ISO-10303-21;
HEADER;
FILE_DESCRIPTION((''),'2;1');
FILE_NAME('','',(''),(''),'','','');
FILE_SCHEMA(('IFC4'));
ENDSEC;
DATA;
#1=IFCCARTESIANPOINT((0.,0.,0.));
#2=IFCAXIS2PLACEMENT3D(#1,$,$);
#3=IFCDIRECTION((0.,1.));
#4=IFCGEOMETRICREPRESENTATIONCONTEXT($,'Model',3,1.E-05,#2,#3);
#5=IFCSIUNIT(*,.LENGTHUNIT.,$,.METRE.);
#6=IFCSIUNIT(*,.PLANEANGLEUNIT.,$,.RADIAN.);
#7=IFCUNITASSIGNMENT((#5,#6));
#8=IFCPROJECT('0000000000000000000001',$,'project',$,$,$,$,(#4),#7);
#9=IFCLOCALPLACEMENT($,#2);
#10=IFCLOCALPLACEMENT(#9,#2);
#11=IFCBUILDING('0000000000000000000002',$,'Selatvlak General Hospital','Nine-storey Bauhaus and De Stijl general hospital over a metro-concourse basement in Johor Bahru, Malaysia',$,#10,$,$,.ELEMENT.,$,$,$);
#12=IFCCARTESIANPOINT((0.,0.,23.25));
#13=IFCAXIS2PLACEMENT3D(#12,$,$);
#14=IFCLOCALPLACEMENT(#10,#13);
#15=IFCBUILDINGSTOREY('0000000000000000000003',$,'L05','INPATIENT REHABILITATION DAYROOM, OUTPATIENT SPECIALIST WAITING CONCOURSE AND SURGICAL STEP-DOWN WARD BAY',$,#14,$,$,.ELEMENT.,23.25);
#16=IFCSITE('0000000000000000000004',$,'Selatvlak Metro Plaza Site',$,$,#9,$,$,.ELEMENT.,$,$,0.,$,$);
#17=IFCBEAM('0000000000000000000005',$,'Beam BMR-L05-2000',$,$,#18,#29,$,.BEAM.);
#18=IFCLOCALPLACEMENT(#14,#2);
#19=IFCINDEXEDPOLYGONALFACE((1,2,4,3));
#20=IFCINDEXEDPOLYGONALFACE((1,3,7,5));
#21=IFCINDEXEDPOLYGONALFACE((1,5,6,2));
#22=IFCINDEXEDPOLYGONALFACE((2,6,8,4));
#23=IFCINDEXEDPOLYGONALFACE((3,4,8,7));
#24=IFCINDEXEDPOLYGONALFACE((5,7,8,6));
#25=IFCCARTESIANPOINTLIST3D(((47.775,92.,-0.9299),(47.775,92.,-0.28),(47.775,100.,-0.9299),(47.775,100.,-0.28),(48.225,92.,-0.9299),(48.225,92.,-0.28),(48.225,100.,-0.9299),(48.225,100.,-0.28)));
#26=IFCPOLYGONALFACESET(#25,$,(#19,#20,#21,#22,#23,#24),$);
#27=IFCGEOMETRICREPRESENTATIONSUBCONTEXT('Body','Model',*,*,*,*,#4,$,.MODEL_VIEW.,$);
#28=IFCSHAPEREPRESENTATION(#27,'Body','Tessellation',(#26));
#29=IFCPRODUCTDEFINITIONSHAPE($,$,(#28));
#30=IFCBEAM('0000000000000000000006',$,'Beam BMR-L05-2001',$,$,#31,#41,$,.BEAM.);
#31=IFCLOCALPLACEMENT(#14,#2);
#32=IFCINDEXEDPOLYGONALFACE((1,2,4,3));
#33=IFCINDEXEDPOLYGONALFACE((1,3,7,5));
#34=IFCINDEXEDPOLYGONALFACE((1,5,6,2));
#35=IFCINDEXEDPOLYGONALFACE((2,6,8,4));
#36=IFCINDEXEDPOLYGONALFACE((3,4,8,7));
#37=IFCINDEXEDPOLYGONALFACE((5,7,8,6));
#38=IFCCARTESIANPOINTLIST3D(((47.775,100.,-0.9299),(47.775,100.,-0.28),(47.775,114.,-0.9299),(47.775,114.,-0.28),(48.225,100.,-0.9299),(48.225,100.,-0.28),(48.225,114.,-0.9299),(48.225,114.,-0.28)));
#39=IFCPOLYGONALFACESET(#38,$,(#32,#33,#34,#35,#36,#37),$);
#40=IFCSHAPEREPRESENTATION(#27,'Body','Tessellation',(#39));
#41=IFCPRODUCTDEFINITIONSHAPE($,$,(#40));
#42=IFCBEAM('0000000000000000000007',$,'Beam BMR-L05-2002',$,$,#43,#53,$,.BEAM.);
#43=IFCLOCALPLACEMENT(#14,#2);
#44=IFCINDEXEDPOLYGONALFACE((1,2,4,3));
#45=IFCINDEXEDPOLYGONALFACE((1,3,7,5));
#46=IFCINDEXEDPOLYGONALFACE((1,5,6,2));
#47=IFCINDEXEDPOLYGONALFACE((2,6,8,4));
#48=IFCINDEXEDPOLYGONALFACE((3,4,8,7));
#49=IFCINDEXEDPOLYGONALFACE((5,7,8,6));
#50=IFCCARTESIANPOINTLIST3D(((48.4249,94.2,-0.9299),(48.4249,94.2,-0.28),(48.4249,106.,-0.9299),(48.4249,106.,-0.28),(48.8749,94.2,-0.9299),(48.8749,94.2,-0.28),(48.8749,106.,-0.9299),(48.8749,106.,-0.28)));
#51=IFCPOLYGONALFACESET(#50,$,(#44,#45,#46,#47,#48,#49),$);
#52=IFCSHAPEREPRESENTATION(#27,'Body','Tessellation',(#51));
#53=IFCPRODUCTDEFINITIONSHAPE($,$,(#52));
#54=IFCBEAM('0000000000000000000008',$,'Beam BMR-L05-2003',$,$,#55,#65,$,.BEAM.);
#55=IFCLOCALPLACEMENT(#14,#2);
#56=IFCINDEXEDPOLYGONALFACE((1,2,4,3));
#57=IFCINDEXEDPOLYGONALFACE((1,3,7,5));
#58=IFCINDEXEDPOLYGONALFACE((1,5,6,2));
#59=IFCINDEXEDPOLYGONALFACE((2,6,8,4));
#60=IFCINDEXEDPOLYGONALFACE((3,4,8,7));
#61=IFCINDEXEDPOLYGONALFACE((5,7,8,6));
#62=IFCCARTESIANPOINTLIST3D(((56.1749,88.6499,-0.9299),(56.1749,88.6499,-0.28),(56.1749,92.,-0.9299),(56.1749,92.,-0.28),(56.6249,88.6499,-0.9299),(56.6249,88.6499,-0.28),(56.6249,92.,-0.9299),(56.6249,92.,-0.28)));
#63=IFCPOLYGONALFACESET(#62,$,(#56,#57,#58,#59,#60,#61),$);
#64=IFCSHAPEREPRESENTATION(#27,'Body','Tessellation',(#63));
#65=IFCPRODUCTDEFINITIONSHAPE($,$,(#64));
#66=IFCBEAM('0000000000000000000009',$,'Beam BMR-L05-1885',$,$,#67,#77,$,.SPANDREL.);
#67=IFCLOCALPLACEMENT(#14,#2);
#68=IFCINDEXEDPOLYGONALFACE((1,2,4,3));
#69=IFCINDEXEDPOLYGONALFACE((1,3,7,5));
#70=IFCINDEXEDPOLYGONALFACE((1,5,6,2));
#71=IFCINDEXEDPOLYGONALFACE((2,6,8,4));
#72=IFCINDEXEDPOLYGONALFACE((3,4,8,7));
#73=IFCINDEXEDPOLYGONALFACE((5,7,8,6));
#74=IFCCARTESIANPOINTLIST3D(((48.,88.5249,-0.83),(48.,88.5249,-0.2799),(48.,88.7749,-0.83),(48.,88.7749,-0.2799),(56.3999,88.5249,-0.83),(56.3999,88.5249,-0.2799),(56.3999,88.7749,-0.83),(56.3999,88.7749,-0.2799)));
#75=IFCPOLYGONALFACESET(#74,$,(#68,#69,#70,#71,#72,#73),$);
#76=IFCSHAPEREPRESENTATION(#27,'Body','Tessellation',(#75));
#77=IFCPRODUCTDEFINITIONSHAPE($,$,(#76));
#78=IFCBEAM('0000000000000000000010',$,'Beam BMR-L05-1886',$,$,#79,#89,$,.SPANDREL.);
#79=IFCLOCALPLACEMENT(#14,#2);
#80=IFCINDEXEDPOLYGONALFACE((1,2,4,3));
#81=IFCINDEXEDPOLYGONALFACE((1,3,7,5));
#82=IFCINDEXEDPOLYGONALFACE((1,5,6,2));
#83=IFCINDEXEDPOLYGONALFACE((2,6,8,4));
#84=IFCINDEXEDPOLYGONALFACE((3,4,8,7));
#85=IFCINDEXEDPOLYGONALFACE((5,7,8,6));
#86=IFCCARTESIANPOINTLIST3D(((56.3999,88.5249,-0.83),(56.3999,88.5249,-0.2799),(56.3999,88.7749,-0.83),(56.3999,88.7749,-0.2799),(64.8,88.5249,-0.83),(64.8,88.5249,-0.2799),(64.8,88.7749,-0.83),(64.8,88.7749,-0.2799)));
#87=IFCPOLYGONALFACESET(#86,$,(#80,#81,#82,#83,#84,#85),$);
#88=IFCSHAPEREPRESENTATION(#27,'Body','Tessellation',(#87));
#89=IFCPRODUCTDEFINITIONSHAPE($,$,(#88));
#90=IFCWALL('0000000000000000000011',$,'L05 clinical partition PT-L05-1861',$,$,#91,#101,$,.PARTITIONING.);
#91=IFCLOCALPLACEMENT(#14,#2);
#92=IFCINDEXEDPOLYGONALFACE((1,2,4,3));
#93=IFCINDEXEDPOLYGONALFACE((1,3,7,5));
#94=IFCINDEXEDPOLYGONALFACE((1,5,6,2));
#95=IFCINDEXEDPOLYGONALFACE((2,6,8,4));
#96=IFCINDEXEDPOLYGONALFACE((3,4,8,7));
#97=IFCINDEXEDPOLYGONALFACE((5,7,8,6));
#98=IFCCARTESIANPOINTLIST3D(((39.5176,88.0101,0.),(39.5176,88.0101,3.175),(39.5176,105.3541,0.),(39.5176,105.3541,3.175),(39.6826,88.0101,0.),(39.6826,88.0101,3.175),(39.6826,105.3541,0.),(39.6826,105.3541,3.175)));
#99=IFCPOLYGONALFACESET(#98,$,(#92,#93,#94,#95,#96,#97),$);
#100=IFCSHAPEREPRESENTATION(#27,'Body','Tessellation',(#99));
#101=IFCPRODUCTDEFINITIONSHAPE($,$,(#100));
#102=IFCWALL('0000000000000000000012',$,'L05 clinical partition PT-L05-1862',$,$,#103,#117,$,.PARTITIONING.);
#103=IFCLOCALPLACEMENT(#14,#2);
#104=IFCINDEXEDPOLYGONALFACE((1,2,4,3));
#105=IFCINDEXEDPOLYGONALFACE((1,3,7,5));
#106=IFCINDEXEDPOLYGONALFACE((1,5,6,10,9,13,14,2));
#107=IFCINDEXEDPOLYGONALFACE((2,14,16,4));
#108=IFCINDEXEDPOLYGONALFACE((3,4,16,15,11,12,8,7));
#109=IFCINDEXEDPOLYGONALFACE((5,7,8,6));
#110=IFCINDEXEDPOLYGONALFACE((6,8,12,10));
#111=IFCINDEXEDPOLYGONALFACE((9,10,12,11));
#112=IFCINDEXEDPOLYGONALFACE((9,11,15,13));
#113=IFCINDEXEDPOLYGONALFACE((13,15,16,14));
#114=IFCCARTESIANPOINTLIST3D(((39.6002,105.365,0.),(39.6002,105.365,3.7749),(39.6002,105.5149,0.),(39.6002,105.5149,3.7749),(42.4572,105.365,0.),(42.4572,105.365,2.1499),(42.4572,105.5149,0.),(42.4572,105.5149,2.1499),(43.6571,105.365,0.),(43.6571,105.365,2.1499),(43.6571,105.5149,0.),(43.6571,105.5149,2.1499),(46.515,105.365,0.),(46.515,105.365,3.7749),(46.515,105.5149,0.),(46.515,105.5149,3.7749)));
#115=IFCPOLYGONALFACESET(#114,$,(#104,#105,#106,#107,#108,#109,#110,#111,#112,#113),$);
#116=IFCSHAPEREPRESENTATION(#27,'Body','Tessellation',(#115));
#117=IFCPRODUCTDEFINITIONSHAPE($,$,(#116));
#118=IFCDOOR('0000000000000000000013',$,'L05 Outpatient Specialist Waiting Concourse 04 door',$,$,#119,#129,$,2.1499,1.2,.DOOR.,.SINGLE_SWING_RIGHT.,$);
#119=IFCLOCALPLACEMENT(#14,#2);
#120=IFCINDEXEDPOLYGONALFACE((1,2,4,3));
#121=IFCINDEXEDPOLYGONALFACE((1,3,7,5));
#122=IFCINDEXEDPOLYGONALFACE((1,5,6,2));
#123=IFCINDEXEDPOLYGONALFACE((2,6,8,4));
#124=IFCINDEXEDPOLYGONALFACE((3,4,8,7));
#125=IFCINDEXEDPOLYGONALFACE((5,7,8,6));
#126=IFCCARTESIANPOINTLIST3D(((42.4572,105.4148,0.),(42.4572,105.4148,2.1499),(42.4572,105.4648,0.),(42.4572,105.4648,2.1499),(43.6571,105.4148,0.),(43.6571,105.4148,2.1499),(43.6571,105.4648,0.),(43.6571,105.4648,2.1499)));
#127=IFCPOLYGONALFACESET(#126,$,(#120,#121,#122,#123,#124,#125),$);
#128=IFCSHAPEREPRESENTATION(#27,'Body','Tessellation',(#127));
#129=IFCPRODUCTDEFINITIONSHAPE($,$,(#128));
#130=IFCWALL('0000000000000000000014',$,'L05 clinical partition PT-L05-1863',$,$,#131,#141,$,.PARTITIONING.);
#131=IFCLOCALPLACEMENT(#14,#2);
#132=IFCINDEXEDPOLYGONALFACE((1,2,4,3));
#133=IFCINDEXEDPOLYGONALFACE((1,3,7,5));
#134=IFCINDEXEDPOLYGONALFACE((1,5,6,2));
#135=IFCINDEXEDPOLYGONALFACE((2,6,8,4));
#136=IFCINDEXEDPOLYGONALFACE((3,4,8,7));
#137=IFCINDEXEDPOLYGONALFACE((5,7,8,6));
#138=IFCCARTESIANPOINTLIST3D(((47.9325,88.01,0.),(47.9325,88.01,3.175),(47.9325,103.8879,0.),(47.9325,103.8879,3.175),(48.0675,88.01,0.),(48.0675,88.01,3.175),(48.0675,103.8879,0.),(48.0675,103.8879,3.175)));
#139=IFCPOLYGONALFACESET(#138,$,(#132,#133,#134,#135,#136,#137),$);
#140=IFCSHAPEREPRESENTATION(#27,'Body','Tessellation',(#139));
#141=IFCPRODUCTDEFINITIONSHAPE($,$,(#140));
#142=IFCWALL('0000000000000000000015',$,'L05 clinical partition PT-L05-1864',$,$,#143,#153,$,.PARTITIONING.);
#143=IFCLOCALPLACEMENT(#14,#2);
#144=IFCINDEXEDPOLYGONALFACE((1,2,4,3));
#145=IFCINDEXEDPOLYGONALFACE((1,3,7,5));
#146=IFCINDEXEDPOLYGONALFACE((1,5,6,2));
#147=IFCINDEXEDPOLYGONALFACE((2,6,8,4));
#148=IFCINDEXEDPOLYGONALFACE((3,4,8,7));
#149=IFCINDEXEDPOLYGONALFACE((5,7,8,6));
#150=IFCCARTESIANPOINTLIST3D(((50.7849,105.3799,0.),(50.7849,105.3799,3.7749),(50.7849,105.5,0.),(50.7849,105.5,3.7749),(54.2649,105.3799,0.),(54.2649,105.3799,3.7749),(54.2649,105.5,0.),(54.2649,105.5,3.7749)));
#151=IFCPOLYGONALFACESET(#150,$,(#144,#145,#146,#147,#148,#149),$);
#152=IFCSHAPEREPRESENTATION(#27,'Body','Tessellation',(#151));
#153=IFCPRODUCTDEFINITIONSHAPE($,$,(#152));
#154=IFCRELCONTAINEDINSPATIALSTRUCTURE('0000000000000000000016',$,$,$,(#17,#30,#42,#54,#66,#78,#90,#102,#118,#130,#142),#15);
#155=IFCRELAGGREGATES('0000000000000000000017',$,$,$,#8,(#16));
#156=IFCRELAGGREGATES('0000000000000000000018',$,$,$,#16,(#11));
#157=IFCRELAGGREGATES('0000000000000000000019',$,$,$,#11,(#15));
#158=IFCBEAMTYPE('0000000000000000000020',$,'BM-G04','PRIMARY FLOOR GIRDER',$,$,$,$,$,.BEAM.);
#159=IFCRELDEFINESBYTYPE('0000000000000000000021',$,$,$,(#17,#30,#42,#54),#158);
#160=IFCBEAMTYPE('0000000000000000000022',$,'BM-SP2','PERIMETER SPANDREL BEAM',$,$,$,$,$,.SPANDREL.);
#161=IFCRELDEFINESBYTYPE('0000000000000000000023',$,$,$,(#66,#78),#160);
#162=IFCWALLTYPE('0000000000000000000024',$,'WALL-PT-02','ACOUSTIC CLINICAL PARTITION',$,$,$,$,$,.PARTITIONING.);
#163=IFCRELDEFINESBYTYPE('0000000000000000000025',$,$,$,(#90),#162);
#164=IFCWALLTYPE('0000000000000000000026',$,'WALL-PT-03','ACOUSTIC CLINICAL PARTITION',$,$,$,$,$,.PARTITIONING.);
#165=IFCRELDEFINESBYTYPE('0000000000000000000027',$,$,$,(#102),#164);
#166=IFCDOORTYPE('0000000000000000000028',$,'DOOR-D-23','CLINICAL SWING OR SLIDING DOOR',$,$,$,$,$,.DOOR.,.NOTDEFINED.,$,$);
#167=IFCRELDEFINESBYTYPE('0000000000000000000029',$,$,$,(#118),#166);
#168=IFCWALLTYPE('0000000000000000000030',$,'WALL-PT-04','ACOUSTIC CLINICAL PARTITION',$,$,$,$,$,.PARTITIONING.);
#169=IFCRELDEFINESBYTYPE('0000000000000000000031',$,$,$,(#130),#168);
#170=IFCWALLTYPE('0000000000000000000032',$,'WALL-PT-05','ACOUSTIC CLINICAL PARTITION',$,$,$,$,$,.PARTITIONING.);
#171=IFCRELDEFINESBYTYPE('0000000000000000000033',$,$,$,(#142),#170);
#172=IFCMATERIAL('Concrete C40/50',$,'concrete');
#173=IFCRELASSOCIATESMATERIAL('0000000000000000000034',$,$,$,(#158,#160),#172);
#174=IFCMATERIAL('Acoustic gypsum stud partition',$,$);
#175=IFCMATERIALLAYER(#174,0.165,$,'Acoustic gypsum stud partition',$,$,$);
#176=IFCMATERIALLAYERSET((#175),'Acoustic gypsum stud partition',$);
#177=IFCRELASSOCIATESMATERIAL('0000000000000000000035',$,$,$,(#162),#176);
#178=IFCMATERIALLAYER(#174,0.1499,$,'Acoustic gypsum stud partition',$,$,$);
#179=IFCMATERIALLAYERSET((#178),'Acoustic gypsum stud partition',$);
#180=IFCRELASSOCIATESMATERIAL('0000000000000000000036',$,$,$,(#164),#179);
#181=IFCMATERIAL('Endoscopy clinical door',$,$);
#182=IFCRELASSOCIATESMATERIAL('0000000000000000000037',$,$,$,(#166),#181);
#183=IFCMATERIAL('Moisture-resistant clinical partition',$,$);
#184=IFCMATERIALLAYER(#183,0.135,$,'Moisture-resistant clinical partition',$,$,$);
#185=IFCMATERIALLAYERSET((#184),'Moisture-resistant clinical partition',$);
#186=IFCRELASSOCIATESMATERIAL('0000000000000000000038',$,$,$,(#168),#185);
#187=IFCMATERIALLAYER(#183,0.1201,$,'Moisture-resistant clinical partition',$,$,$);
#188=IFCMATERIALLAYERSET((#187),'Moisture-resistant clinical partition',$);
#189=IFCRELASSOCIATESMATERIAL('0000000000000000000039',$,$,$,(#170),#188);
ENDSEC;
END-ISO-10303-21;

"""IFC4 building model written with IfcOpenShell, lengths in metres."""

from ifc_helpers import new_model, si_unit, direction, frame, frame_2d, origin, origin_2d, place, context, subcontext, project, spatial, rectangle, extrude, material, layer, layer_set, material_profile, profile_set, type_object, element, fill, save


model = new_model("IFC4")

# Units and contexts
model_context = context("Model", 3, precision=1e-05, world=origin(), true_north=direction((0.0, 1.0)))
body_context = subcontext(model_context, "Body", "Model", "MODEL_VIEW")
ifc_project = project(units=[si_unit("LENGTHUNIT", "METRE"), si_unit("PLANEANGLEUNIT", "RADIAN")], contexts=[model_context])

# Site, building, storey
site_placement = place(None, origin())
site = spatial("IfcSite", under=ifc_project, at=site_placement, Name="Selatvlak Metro Plaza Site", CompositionType="ELEMENT", RefElevation=0.0)
building_placement = place(site_placement, origin())
building = spatial("IfcBuilding", under=site, at=building_placement, Name="Selatvlak General Hospital", Description="Nine-storey Bauhaus and De Stijl general hospital over a metro-concourse basement in Johor Bahru, Malaysia", CompositionType="ELEMENT")
storey_placement = place(building_placement, frame((0.0, 0.0, 23.25)))
storey = spatial("IfcBuildingStorey", under=building, at=storey_placement, Name="L05", Description="INPATIENT REHABILITATION DAYROOM, OUTPATIENT SPECIALIST WAITING CONCOURSE AND SURGICAL STEP-DOWN WARD BAY", CompositionType="ELEMENT", Elevation=23.25)

# Shared definitions
ifc_material_1 = material(Name="Concrete C40/50", Category="concrete")

# Beams
ifc_material_profile_1 = material_profile(ifc_material_1, rectangle(XDim=0.45, YDim=0.6499, at=origin_2d()), Name="RC-BM 450x650")
ifc_profile_set_1 = profile_set([ifc_material_profile_1], Name="Concrete C40/50")
beam_type_1 = type_object("IfcBeamType", Name="BM-G04", Description="PRIMARY FLOOR GIRDER", PredefinedType="BEAM", material=ifc_profile_set_1)
beam_1_placement = place(storey_placement, frame((48.0, 92.0, -0.605), z_axis=(0.0, 1.0, 0.0), x_axis=(-1.0, 0.0, 0.0)))
element("IfcBeam", 1, at=beam_1_placement, inside=storey, type_object=beam_type_1, Name="Beam BMR-L05-2000", PredefinedType="BEAM", context=body_context, shape_type="SweptSolid", body=[
    extrude(rectangle(XDim=0.45, YDim=0.6499, at=origin_2d()), origin(), (0.0, 0.0, 1.0), 8.0),
])
beam_2_placement = place(storey_placement, frame((48.0, 100.0, -0.605), z_axis=(0.0, 1.0, 0.0), x_axis=(-1.0, 0.0, 0.0)))
element("IfcBeam", 2, at=beam_2_placement, inside=storey, type_object=beam_type_1, Name="Beam BMR-L05-2001", PredefinedType="BEAM", context=body_context, shape_type="SweptSolid", body=[
    extrude(rectangle(XDim=0.45, YDim=0.6499, at=origin_2d()), origin(), (0.0, 0.0, 1.0), 14.0),
])
beam_3_placement = place(storey_placement, frame((48.6499, 94.2, -0.605), z_axis=(0.0, 1.0, 0.0), x_axis=(-1.0, 0.0, 0.0)))
element("IfcBeam", 3, at=beam_3_placement, inside=storey, type_object=beam_type_1, Name="Beam BMR-L05-2002", PredefinedType="BEAM", context=body_context, shape_type="SweptSolid", body=[
    extrude(rectangle(XDim=0.45, YDim=0.6499, at=origin_2d()), origin(), (0.0, 0.0, 1.0), 11.8),
])
beam_4_placement = place(storey_placement, frame((56.3999, 88.6499, -0.605), z_axis=(0.0, 1.0, 0.0), x_axis=(-1.0, 0.0, 0.0)))
element("IfcBeam", 4, at=beam_4_placement, inside=storey, type_object=beam_type_1, Name="Beam BMR-L05-2003", PredefinedType="BEAM", context=body_context, shape_type="SweptSolid", body=[
    extrude(rectangle(XDim=0.45, YDim=0.6499, at=origin_2d()), origin(), (0.0, 0.0, 1.0), 3.3501),
])
ifc_material_profile_2 = material_profile(ifc_material_1, rectangle(XDim=0.25, YDim=0.55, at=origin_2d()), Name="RC-SP 250x550")
ifc_profile_set_2 = profile_set([ifc_material_profile_2], Name="Concrete C40/50")
beam_type_2 = type_object("IfcBeamType", Name="BM-SP2", Description="PERIMETER SPANDREL BEAM", PredefinedType="SPANDREL", material=ifc_profile_set_2)
beam_5_placement = place(storey_placement, frame((48.0, 88.6499, -0.5549), z_axis=(1.0, 0.0, 0.0), x_axis=(0.0, 1.0, 0.0)))
element("IfcBeam", 5, at=beam_5_placement, inside=storey, type_object=beam_type_2, Name="Beam BMR-L05-1885", PredefinedType="SPANDREL", context=body_context, shape_type="SweptSolid", body=[
    extrude(rectangle(XDim=0.25, YDim=0.55, at=origin_2d()), origin(), (0.0, 0.0, 1.0), 8.3999),
])
beam_6_placement = place(storey_placement, frame((56.3999, 88.6499, -0.5549), z_axis=(1.0, 0.0, 0.0), x_axis=(0.0, 1.0, 0.0)))
element("IfcBeam", 6, at=beam_6_placement, inside=storey, type_object=beam_type_2, Name="Beam BMR-L05-1886", PredefinedType="SPANDREL", context=body_context, shape_type="SweptSolid", body=[
    extrude(rectangle(XDim=0.25, YDim=0.55, at=origin_2d()), origin(), (0.0, 0.0, 1.0), 8.4001),
])

# Wall
ifc_material_2 = material(Name="Acoustic gypsum stud partition")
ifc_layer_1 = layer(ifc_material_2, 0.165, Name="Acoustic gypsum stud partition")
ifc_layer_set_1 = layer_set([ifc_layer_1], Name="Acoustic gypsum stud partition")
wall_type_1 = type_object("IfcWallType", Name="WALL-PT-02", Description="ACOUSTIC CLINICAL PARTITION", PredefinedType="PARTITIONING", material=ifc_layer_set_1)
wall_1_placement = place(storey_placement, frame((39.6001, 105.354, 0.0), z_axis=(0.0, 0.0, 1.0), x_axis=(0.0, -1.0, 0.0)))
element("IfcWall", 7, at=wall_1_placement, inside=storey, type_object=wall_type_1, Name="L05 clinical partition PT-L05-1861", PredefinedType="PARTITIONING", context=body_context, shape_type="SweptSolid", body=[
    extrude(rectangle(XDim=17.344, YDim=0.165, at=frame_2d((8.6719, 0.0))), origin(), (0.0, 0.0, 1.0), 3.175),
])

# Wall, opening, door
ifc_layer_2 = layer(ifc_material_2, 0.1499, Name="Acoustic gypsum stud partition")
ifc_layer_set_2 = layer_set([ifc_layer_2], Name="Acoustic gypsum stud partition")
wall_type_2 = type_object("IfcWallType", Name="WALL-PT-03", Description="ACOUSTIC CLINICAL PARTITION", PredefinedType="PARTITIONING", material=ifc_layer_set_2)
wall_2_placement = place(storey_placement, frame((39.6001, 105.4399, 0.0), z_axis=(0.0, 0.0, 1.0), x_axis=(1.0, 0.0, 0.0)))
wall_2 = element("IfcWall", 8, at=wall_2_placement, inside=storey, type_object=wall_type_2, Name="L05 clinical partition PT-L05-1862", PredefinedType="PARTITIONING", context=body_context, shape_type="SweptSolid", body=[
    extrude(rectangle(XDim=6.9148, YDim=0.1499, at=frame_2d((3.4575, 0.0))), origin(), (0.0, 0.0, 1.0), 3.7749),
])
opening_placement = place(wall_2_placement, frame((2.8569, 0.0, 0.0)))
opening = element("IfcOpeningElement", 9, at=opening_placement, cuts=wall_2, PredefinedType="OPENING", context=body_context, shape_type="SweptSolid", body=[
    extrude(rectangle(XDim=1.2, YDim=2.1499, at=frame_2d((0.6001, 1.075))), frame((0.0, 0.085, 0.0), z_axis=(0.0, -1.0, 0.0), x_axis=(1.0, 0.0, 0.0)), (0.0, 0.0, 1.0), 0.1699),
])
ifc_material_3 = material(Name="Endoscopy clinical door")
door_type = type_object("IfcDoorType", Name="DOOR-D-23", Description="CLINICAL SWING OR SLIDING DOOR", OperationType="NOTDEFINED", PredefinedType="DOOR", material=ifc_material_3)
door_placement = place(opening_placement, origin())
door = element("IfcDoor", 10, at=door_placement, inside=storey, type_object=door_type, Name="L05 Outpatient Specialist Waiting Concourse 04 door", OperationType="SINGLE_SWING_RIGHT", OverallHeight=2.1499, OverallWidth=1.2, PredefinedType="DOOR", context=body_context, shape_type="SweptSolid", body=[
    extrude(rectangle(XDim=1.2, YDim=2.1499, at=frame_2d((0.6001, 1.075))), frame((0.0, 0.0249, 0.0), z_axis=(0.0, -1.0, 0.0), x_axis=(1.0, 0.0, 0.0)), (0.0, 0.0, 1.0), 0.05),
])
fill(opening, door)

# Walls
ifc_material_4 = material(Name="Moisture-resistant clinical partition")
ifc_layer_3 = layer(ifc_material_4, 0.135, Name="Moisture-resistant clinical partition")
ifc_layer_set_3 = layer_set([ifc_layer_3], Name="Moisture-resistant clinical partition")
wall_type_3 = type_object("IfcWallType", Name="WALL-PT-04", Description="ACOUSTIC CLINICAL PARTITION", PredefinedType="PARTITIONING", material=ifc_layer_set_3)
wall_3_placement = place(storey_placement, frame((48.0, 103.8879, 0.0), z_axis=(0.0, 0.0, 1.0), x_axis=(0.0, -1.0, 0.0)))
element("IfcWall", 11, at=wall_3_placement, inside=storey, type_object=wall_type_3, Name="L05 clinical partition PT-L05-1863", PredefinedType="PARTITIONING", context=body_context, shape_type="SweptSolid", body=[
    extrude(rectangle(XDim=15.8779, YDim=0.135, at=frame_2d((7.939, 0.0))), origin(), (0.0, 0.0, 1.0), 3.175),
])
ifc_layer_4 = layer(ifc_material_4, 0.1201, Name="Moisture-resistant clinical partition")
ifc_layer_set_4 = layer_set([ifc_layer_4], Name="Moisture-resistant clinical partition")
wall_type_4 = type_object("IfcWallType", Name="WALL-PT-05", Description="ACOUSTIC CLINICAL PARTITION", PredefinedType="PARTITIONING", material=ifc_layer_set_4)
wall_4_placement = place(storey_placement, frame((50.7849, 105.4399, 0.0), z_axis=(0.0, 0.0, 1.0), x_axis=(1.0, 0.0, 0.0)))
element("IfcWall", 12, at=wall_4_placement, inside=storey, type_object=wall_type_4, Name="L05 clinical partition PT-L05-1864", PredefinedType="PARTITIONING", context=body_context, shape_type="SweptSolid", body=[
    extrude(rectangle(XDim=3.48, YDim=0.1201, at=frame_2d((1.74, 0.0))), origin(), (0.0, 0.0, 1.0), 3.7749),
])

save(model, "model.ifc")
